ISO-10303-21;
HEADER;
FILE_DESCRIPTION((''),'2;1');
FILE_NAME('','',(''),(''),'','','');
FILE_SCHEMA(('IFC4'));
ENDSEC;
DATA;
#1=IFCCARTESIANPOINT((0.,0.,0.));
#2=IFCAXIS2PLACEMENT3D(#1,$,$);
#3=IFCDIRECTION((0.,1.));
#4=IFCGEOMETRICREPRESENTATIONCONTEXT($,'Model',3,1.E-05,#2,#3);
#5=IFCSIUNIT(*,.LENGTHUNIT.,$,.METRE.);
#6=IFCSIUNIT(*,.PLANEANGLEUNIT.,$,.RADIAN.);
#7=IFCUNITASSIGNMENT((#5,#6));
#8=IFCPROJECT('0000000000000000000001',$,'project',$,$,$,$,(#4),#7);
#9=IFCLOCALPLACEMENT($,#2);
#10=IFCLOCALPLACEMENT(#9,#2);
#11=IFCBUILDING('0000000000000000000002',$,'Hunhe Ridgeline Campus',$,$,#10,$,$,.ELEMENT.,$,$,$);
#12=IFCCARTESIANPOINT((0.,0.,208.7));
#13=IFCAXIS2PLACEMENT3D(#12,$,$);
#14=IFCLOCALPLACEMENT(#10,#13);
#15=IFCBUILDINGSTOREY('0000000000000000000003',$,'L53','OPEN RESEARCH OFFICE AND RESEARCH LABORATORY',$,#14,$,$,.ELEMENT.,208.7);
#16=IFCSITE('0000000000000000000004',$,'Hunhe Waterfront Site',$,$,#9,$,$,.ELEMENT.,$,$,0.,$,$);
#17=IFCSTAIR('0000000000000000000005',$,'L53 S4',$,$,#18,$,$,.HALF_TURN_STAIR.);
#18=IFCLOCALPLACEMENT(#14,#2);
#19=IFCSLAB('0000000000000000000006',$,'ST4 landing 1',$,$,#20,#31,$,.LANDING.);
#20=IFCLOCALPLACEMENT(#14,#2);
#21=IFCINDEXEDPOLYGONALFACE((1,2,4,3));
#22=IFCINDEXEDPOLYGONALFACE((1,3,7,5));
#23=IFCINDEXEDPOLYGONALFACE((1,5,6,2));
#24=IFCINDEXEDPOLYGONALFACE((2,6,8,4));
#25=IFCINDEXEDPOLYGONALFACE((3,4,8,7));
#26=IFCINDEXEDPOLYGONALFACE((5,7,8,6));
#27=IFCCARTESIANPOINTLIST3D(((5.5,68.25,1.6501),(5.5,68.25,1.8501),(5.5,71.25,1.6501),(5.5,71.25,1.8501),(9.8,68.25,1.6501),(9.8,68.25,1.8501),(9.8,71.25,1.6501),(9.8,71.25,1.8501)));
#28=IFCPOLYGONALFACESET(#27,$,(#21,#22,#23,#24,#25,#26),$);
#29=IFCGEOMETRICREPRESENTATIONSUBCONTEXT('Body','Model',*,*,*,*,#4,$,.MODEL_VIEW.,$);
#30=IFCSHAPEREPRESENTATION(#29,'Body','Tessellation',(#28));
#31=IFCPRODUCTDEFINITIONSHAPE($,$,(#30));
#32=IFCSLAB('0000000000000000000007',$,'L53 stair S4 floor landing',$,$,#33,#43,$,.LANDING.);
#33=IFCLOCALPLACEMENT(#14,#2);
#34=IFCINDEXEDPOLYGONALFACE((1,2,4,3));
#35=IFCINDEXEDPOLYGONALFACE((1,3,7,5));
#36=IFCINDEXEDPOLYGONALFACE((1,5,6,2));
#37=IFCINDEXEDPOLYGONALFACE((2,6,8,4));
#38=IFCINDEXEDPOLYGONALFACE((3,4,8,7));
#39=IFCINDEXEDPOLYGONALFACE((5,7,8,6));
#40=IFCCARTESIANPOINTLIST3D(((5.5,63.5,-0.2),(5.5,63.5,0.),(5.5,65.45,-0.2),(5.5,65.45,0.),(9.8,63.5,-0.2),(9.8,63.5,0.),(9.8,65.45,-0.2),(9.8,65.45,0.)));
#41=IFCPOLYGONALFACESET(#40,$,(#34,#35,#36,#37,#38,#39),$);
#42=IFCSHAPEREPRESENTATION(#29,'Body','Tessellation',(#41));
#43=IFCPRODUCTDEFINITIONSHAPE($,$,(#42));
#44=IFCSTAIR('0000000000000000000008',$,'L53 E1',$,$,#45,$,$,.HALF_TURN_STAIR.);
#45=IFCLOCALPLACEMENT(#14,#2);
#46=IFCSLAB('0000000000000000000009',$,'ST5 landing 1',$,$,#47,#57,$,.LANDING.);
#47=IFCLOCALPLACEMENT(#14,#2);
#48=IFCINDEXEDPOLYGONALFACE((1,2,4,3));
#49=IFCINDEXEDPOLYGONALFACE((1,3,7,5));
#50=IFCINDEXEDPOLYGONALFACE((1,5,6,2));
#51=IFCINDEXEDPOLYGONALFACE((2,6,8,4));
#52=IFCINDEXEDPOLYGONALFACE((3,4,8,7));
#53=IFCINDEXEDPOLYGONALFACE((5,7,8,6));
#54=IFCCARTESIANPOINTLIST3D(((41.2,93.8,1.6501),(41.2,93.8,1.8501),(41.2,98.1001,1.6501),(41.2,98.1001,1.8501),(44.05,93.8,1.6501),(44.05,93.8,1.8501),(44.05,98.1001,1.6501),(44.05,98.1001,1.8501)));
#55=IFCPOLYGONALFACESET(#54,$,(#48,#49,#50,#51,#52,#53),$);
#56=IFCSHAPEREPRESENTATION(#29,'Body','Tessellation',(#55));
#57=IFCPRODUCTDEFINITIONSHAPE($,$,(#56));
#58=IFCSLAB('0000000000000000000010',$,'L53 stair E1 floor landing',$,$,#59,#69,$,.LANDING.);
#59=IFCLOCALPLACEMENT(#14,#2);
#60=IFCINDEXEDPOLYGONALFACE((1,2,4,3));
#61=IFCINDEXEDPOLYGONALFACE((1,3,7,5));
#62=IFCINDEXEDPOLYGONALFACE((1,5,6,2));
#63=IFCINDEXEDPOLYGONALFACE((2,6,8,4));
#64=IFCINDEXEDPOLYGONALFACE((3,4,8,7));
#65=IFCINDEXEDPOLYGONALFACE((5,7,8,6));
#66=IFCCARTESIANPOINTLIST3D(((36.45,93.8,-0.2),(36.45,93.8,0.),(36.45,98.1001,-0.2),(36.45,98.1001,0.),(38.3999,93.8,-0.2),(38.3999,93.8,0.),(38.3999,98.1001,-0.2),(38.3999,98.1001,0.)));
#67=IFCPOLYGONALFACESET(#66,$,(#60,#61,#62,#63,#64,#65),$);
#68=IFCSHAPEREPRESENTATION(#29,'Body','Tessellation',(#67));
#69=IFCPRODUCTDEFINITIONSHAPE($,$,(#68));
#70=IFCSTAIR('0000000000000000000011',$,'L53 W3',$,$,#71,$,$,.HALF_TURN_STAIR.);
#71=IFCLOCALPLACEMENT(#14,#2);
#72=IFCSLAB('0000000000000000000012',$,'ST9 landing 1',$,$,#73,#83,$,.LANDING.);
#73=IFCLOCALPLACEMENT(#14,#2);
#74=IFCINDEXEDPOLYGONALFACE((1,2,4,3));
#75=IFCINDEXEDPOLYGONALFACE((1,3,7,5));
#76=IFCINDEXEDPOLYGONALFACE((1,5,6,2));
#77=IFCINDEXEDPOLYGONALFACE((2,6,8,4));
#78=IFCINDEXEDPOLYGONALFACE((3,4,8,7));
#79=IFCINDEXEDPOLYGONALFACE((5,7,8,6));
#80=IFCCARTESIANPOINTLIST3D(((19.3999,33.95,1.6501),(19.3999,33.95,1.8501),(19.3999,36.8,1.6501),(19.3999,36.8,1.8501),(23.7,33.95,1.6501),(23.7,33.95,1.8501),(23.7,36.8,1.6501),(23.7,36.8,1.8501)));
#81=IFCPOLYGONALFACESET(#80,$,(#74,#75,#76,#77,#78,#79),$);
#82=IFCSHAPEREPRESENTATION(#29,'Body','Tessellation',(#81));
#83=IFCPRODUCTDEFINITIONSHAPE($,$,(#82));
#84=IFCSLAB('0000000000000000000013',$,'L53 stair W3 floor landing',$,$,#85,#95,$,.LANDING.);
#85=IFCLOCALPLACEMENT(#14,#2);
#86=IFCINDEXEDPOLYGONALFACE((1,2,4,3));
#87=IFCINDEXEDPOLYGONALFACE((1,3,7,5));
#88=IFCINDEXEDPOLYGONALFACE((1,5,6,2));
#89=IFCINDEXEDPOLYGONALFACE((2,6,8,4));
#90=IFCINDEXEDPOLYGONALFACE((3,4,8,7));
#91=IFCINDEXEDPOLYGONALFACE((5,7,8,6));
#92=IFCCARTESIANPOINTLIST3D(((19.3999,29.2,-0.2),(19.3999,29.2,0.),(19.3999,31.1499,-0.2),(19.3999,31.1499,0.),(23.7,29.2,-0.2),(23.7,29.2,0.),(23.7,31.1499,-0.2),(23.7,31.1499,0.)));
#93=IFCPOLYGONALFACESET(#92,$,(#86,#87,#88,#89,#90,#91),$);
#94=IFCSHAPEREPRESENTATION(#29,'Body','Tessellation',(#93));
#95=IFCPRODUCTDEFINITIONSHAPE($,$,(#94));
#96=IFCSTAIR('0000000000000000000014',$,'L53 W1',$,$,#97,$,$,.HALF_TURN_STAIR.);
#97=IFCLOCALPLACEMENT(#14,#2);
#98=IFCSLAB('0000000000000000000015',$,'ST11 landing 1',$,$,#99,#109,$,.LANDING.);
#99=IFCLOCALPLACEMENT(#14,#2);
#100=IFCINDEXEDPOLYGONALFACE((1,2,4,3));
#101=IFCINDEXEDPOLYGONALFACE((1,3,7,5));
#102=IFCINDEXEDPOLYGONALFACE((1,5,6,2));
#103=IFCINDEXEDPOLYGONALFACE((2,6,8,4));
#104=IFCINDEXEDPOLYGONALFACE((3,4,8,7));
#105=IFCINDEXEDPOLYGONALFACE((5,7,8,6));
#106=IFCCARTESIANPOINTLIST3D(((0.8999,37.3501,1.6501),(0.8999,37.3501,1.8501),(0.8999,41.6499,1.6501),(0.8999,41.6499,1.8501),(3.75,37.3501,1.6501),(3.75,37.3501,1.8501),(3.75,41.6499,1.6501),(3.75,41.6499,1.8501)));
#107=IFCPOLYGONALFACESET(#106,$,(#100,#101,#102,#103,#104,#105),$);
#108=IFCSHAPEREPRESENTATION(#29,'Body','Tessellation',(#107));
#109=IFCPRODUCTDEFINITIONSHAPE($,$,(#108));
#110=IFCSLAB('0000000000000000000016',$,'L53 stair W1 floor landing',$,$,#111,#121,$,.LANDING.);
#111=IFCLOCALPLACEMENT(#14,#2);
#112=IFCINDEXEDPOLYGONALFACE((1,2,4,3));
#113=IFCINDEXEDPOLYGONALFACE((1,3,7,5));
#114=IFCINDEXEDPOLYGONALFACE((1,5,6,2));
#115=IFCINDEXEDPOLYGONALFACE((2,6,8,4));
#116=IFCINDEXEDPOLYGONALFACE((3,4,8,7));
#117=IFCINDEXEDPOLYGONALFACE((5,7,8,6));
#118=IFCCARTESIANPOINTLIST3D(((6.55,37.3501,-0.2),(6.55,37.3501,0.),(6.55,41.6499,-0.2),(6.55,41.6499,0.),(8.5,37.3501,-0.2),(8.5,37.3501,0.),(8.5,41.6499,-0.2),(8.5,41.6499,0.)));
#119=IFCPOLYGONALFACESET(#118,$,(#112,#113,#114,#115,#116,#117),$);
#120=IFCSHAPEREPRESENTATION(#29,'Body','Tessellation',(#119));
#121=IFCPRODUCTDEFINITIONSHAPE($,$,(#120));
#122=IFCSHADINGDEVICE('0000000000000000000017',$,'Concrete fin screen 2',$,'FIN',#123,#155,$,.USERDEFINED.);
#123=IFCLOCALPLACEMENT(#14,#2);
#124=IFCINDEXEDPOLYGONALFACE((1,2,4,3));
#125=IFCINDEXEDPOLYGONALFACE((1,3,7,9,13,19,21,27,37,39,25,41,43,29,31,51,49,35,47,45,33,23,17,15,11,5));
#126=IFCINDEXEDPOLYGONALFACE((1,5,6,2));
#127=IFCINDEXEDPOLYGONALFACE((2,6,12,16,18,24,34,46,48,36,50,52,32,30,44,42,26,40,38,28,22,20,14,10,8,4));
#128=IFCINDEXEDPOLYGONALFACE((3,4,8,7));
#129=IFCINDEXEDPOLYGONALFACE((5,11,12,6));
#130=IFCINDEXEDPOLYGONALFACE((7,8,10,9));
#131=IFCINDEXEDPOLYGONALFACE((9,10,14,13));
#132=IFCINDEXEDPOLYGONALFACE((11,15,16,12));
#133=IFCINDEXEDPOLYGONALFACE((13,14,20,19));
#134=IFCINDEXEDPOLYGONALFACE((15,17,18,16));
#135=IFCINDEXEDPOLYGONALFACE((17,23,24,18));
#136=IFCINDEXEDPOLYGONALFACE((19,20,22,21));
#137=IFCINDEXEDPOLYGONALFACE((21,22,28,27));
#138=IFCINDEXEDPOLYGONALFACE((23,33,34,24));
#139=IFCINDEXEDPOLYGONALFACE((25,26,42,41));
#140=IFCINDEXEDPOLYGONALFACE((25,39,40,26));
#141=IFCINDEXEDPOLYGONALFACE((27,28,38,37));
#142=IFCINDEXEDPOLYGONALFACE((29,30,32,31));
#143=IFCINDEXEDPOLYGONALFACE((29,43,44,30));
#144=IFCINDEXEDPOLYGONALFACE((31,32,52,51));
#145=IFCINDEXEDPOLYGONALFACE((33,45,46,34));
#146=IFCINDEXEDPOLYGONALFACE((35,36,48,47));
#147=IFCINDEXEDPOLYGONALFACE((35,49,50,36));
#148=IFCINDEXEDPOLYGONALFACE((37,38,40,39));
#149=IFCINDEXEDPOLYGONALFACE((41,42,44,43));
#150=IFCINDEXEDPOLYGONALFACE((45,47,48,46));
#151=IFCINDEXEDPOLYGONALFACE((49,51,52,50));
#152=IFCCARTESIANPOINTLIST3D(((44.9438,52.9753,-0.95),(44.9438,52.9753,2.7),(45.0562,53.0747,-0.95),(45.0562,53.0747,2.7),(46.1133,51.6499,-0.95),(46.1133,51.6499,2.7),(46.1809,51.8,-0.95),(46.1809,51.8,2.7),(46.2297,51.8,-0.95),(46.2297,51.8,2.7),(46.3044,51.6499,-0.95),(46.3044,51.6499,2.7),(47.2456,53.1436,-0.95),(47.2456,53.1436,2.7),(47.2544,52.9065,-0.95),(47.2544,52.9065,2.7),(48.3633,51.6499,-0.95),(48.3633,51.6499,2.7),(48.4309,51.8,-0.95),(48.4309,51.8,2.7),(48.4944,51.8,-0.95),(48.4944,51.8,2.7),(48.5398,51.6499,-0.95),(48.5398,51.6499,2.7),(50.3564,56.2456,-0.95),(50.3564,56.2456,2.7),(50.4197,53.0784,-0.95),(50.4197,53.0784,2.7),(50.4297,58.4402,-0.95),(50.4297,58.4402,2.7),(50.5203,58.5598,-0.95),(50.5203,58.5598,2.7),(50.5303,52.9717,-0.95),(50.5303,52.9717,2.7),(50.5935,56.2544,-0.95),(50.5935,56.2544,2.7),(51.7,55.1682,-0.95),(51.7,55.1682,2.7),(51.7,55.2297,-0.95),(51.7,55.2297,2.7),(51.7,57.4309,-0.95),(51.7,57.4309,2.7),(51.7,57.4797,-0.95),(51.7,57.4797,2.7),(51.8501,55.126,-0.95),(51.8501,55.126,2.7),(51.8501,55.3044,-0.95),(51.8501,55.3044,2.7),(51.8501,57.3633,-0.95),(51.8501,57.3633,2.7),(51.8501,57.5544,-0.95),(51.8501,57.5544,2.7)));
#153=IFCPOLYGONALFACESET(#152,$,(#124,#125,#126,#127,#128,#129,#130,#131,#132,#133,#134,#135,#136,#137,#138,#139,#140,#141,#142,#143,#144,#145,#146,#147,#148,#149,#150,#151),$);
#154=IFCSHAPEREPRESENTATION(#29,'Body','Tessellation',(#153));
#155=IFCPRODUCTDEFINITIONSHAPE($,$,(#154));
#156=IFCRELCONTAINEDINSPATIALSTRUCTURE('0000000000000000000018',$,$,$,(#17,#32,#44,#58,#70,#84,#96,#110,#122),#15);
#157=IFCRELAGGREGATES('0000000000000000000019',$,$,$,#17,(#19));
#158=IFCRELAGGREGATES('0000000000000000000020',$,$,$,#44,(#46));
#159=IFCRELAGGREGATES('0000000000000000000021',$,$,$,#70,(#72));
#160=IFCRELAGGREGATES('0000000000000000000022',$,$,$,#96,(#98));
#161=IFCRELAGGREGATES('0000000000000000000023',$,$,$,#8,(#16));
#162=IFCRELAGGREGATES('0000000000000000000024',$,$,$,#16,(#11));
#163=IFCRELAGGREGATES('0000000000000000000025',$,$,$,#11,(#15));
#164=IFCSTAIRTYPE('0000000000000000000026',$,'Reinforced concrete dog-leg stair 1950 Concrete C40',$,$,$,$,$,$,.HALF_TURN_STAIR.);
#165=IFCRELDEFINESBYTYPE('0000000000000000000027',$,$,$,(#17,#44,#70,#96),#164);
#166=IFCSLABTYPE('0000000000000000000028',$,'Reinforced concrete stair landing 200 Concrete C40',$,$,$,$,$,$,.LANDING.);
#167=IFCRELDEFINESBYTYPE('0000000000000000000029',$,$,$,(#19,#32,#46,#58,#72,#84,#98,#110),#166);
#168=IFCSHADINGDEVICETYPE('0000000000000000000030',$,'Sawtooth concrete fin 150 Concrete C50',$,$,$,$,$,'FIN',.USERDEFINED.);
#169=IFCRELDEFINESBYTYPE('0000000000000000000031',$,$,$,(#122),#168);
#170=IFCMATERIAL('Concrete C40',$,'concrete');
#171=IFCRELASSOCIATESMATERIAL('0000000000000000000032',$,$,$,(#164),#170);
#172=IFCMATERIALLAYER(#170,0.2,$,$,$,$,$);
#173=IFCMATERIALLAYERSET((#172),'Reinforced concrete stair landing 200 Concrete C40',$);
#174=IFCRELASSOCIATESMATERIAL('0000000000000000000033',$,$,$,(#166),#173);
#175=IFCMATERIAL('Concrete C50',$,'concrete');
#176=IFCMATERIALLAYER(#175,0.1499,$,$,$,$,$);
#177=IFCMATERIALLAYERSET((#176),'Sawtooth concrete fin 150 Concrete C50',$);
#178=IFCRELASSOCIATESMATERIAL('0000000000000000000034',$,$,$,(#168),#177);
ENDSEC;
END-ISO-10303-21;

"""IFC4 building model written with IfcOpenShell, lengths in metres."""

from ifc_helpers import new_model, si_unit, direction, frame, origin, place, context, subcontext, project, spatial, polyline, outline, extrude, material, layer, layer_set, type_object, element, aggregate, save


model = new_model("IFC4")

# Units and contexts
model_context = context("Model", 3, precision=1e-05, world=origin(), true_north=direction((0.0, 1.0)))
body_context = subcontext(model_context, "Body", "Model", "MODEL_VIEW")
ifc_project = project(units=[si_unit("LENGTHUNIT", "METRE"), si_unit("PLANEANGLEUNIT", "RADIAN")], contexts=[model_context])

# Site, building, storey
site_placement = place(None, origin())
site = spatial("IfcSite", under=ifc_project, at=site_placement, Name="Hunhe Waterfront Site", CompositionType="ELEMENT", RefElevation=0.0)
building_placement = place(site_placement, origin())
building = spatial("IfcBuilding", under=site, at=building_placement, Name="Hunhe Ridgeline Campus", CompositionType="ELEMENT")
storey_placement = place(building_placement, frame((0.0, 0.0, 208.7)))
storey = spatial("IfcBuildingStorey", under=building, at=storey_placement, Name="L53", Description="OPEN RESEARCH OFFICE AND RESEARCH LABORATORY", CompositionType="ELEMENT", Elevation=208.7)

# Shared definitions
ifc_material_1 = material(Name="Concrete C40", Category="concrete")

# Shared definitions
stair_type = type_object("IfcStairType", Name="Reinforced concrete dog-leg stair 1950 Concrete C40", PredefinedType="HALF_TURN_STAIR", material=ifc_material_1)
ifc_layer_1 = layer(ifc_material_1, 0.2)
ifc_layer_set_1 = layer_set([ifc_layer_1], Name="Reinforced concrete stair landing 200 Concrete C40")
slab_type_1 = type_object("IfcSlabType", Name="Reinforced concrete stair landing 200 Concrete C40", PredefinedType="LANDING", material=ifc_layer_set_1)

# Stair, slab
stair_1_placement = place(storey_placement, origin())
stair_1 = element("IfcStair", 1, at=stair_1_placement, inside=storey, type_object=stair_type, Name="L53 S4", PredefinedType="HALF_TURN_STAIR")
slab_1_placement = place(storey_placement, frame((0.0, 0.0, 1.6501)))
slab_1 = element("IfcSlab", 2, at=slab_1_placement, type_object=slab_type_1, Name="ST4 landing 1", PredefinedType="LANDING", context=body_context, shape_type="SweptSolid", body=[
    extrude(outline(polyline([(9.8, 68.25), (9.8, 71.25), (5.5, 71.25), (5.5, 68.25), (9.8, 68.25)])), origin(), (0.0, 0.0, 1.0), 0.2),
])
aggregate(stair_1, [slab_1])

# Slab
slab_2_placement = place(storey_placement, frame((0.0, 0.0, -0.2)))
element("IfcSlab", 3, at=slab_2_placement, inside=storey, type_object=slab_type_1, Name="L53 stair S4 floor landing", PredefinedType="LANDING", context=body_context, shape_type="SweptSolid", body=[
    extrude(outline(polyline([(9.8, 63.5), (9.8, 65.45), (5.5, 65.45), (5.5, 63.5), (9.8, 63.5)])), origin(), (0.0, 0.0, 1.0), 0.2),
])

# Stair, slab
stair_2_placement = place(storey_placement, origin())
stair_2 = element("IfcStair", 4, at=stair_2_placement, inside=storey, type_object=stair_type, Name="L53 E1", PredefinedType="HALF_TURN_STAIR")
slab_3_placement = place(storey_placement, frame((0.0, 0.0, 1.6501)))
slab_3 = element("IfcSlab", 5, at=slab_3_placement, type_object=slab_type_1, Name="ST5 landing 1", PredefinedType="LANDING", context=body_context, shape_type="SweptSolid", body=[
    extrude(outline(polyline([(41.2, 93.8), (44.05, 93.8), (44.05, 98.1001), (41.2, 98.1001), (41.2, 93.8)])), origin(), (0.0, 0.0, 1.0), 0.2),
])
aggregate(stair_2, [slab_3])

# Slab
slab_4_placement = place(storey_placement, frame((0.0, 0.0, -0.2)))
element("IfcSlab", 6, at=slab_4_placement, inside=storey, type_object=slab_type_1, Name="L53 stair E1 floor landing", PredefinedType="LANDING", context=body_context, shape_type="SweptSolid", body=[
    extrude(outline(polyline([(36.45, 93.8), (38.3999, 93.8), (38.3999, 98.1001), (36.45, 98.1001), (36.45, 93.8)])), origin(), (0.0, 0.0, 1.0), 0.2),
])

# Stair, slab
stair_3_placement = place(storey_placement, origin())
stair_3 = element("IfcStair", 7, at=stair_3_placement, inside=storey, type_object=stair_type, Name="L53 W3", PredefinedType="HALF_TURN_STAIR")
slab_5_placement = place(storey_placement, frame((0.0, 0.0, 1.6501)))
slab_5 = element("IfcSlab", 8, at=slab_5_placement, type_object=slab_type_1, Name="ST9 landing 1", PredefinedType="LANDING", context=body_context, shape_type="SweptSolid", body=[
    extrude(outline(polyline([(23.7, 33.95), (23.7, 36.8), (19.3999, 36.8), (19.3999, 33.95), (23.7, 33.95)])), origin(), (0.0, 0.0, 1.0), 0.2),
])
aggregate(stair_3, [slab_5])

# Slab
slab_6_placement = place(storey_placement, frame((0.0, 0.0, -0.2)))
element("IfcSlab", 9, at=slab_6_placement, inside=storey, type_object=slab_type_1, Name="L53 stair W3 floor landing", PredefinedType="LANDING", context=body_context, shape_type="SweptSolid", body=[
    extrude(outline(polyline([(23.7, 29.2), (23.7, 31.1499), (19.3999, 31.1499), (19.3999, 29.2), (23.7, 29.2)])), origin(), (0.0, 0.0, 1.0), 0.2),
])

# Stair, slab
stair_4_placement = place(storey_placement, origin())
stair_4 = element("IfcStair", 10, at=stair_4_placement, inside=storey, type_object=stair_type, Name="L53 W1", PredefinedType="HALF_TURN_STAIR")
slab_7_placement = place(storey_placement, frame((0.0, 0.0, 1.6501)))
slab_7 = element("IfcSlab", 11, at=slab_7_placement, type_object=slab_type_1, Name="ST11 landing 1", PredefinedType="LANDING", context=body_context, shape_type="SweptSolid", body=[
    extrude(outline(polyline([(3.75, 41.6499), (0.8999, 41.6499), (0.8999, 37.3501), (3.75, 37.3501), (3.75, 41.6499)])), origin(), (0.0, 0.0, 1.0), 0.2),
])
aggregate(stair_4, [slab_7])

# Slab
slab_8_placement = place(storey_placement, frame((0.0, 0.0, -0.2)))
element("IfcSlab", 12, at=slab_8_placement, inside=storey, type_object=slab_type_1, Name="L53 stair W1 floor landing", PredefinedType="LANDING", context=body_context, shape_type="SweptSolid", body=[
    extrude(outline(polyline([(8.5, 41.6499), (6.55, 41.6499), (6.55, 37.3501), (8.5, 37.3501), (8.5, 41.6499)])), origin(), (0.0, 0.0, 1.0), 0.2),
])

# Shading device
ifc_material_2 = material(Name="Concrete C50", Category="concrete")
ifc_layer_2 = layer(ifc_material_2, 0.1499)
ifc_layer_set_2 = layer_set([ifc_layer_2], Name="Sawtooth concrete fin 150 Concrete C50")
shading_device_type = type_object("IfcShadingDeviceType", Name="Sawtooth concrete fin 150 Concrete C50", ElementType="FIN", PredefinedType="USERDEFINED", material=ifc_layer_set_2)
shading_device_1_placement = place(storey_placement, frame((0.0, 0.0, -0.95)))
element("IfcShadingDevice", 13, at=shading_device_1_placement, inside=storey, type_object=shading_device_type, Name="Concrete fin screen 2", ObjectType="FIN", PredefinedType="USERDEFINED", context=body_context, shape_type="SweptSolid", body=[
    extrude(outline(polyline([(45.0562, 53.0747), (44.9438, 52.9753), (46.1133, 51.6499), (46.3044, 51.6499), (47.2544, 52.9065), (48.3633, 51.6499), (48.5398, 51.6499), (50.5303, 52.9717), (51.8501, 55.126), (51.8501, 55.3044), (50.5935, 56.2544), (51.8501, 57.3633), (51.8501, 57.5544), (50.5203, 58.5598), (50.4297, 58.4402), (51.7, 57.4797), (51.7, 57.4309), (50.3564, 56.2456), (51.7, 55.2297), (51.7, 55.1682), (50.4197, 53.0784), (48.4944, 51.8), (48.4309, 51.8), (47.2456, 53.1436), (46.2297, 51.8), (46.1809, 51.8), (45.0562, 53.0747)])), origin(), (0.0, 0.0, 1.0), 3.6499),
])

save(model, "model.ifc")
